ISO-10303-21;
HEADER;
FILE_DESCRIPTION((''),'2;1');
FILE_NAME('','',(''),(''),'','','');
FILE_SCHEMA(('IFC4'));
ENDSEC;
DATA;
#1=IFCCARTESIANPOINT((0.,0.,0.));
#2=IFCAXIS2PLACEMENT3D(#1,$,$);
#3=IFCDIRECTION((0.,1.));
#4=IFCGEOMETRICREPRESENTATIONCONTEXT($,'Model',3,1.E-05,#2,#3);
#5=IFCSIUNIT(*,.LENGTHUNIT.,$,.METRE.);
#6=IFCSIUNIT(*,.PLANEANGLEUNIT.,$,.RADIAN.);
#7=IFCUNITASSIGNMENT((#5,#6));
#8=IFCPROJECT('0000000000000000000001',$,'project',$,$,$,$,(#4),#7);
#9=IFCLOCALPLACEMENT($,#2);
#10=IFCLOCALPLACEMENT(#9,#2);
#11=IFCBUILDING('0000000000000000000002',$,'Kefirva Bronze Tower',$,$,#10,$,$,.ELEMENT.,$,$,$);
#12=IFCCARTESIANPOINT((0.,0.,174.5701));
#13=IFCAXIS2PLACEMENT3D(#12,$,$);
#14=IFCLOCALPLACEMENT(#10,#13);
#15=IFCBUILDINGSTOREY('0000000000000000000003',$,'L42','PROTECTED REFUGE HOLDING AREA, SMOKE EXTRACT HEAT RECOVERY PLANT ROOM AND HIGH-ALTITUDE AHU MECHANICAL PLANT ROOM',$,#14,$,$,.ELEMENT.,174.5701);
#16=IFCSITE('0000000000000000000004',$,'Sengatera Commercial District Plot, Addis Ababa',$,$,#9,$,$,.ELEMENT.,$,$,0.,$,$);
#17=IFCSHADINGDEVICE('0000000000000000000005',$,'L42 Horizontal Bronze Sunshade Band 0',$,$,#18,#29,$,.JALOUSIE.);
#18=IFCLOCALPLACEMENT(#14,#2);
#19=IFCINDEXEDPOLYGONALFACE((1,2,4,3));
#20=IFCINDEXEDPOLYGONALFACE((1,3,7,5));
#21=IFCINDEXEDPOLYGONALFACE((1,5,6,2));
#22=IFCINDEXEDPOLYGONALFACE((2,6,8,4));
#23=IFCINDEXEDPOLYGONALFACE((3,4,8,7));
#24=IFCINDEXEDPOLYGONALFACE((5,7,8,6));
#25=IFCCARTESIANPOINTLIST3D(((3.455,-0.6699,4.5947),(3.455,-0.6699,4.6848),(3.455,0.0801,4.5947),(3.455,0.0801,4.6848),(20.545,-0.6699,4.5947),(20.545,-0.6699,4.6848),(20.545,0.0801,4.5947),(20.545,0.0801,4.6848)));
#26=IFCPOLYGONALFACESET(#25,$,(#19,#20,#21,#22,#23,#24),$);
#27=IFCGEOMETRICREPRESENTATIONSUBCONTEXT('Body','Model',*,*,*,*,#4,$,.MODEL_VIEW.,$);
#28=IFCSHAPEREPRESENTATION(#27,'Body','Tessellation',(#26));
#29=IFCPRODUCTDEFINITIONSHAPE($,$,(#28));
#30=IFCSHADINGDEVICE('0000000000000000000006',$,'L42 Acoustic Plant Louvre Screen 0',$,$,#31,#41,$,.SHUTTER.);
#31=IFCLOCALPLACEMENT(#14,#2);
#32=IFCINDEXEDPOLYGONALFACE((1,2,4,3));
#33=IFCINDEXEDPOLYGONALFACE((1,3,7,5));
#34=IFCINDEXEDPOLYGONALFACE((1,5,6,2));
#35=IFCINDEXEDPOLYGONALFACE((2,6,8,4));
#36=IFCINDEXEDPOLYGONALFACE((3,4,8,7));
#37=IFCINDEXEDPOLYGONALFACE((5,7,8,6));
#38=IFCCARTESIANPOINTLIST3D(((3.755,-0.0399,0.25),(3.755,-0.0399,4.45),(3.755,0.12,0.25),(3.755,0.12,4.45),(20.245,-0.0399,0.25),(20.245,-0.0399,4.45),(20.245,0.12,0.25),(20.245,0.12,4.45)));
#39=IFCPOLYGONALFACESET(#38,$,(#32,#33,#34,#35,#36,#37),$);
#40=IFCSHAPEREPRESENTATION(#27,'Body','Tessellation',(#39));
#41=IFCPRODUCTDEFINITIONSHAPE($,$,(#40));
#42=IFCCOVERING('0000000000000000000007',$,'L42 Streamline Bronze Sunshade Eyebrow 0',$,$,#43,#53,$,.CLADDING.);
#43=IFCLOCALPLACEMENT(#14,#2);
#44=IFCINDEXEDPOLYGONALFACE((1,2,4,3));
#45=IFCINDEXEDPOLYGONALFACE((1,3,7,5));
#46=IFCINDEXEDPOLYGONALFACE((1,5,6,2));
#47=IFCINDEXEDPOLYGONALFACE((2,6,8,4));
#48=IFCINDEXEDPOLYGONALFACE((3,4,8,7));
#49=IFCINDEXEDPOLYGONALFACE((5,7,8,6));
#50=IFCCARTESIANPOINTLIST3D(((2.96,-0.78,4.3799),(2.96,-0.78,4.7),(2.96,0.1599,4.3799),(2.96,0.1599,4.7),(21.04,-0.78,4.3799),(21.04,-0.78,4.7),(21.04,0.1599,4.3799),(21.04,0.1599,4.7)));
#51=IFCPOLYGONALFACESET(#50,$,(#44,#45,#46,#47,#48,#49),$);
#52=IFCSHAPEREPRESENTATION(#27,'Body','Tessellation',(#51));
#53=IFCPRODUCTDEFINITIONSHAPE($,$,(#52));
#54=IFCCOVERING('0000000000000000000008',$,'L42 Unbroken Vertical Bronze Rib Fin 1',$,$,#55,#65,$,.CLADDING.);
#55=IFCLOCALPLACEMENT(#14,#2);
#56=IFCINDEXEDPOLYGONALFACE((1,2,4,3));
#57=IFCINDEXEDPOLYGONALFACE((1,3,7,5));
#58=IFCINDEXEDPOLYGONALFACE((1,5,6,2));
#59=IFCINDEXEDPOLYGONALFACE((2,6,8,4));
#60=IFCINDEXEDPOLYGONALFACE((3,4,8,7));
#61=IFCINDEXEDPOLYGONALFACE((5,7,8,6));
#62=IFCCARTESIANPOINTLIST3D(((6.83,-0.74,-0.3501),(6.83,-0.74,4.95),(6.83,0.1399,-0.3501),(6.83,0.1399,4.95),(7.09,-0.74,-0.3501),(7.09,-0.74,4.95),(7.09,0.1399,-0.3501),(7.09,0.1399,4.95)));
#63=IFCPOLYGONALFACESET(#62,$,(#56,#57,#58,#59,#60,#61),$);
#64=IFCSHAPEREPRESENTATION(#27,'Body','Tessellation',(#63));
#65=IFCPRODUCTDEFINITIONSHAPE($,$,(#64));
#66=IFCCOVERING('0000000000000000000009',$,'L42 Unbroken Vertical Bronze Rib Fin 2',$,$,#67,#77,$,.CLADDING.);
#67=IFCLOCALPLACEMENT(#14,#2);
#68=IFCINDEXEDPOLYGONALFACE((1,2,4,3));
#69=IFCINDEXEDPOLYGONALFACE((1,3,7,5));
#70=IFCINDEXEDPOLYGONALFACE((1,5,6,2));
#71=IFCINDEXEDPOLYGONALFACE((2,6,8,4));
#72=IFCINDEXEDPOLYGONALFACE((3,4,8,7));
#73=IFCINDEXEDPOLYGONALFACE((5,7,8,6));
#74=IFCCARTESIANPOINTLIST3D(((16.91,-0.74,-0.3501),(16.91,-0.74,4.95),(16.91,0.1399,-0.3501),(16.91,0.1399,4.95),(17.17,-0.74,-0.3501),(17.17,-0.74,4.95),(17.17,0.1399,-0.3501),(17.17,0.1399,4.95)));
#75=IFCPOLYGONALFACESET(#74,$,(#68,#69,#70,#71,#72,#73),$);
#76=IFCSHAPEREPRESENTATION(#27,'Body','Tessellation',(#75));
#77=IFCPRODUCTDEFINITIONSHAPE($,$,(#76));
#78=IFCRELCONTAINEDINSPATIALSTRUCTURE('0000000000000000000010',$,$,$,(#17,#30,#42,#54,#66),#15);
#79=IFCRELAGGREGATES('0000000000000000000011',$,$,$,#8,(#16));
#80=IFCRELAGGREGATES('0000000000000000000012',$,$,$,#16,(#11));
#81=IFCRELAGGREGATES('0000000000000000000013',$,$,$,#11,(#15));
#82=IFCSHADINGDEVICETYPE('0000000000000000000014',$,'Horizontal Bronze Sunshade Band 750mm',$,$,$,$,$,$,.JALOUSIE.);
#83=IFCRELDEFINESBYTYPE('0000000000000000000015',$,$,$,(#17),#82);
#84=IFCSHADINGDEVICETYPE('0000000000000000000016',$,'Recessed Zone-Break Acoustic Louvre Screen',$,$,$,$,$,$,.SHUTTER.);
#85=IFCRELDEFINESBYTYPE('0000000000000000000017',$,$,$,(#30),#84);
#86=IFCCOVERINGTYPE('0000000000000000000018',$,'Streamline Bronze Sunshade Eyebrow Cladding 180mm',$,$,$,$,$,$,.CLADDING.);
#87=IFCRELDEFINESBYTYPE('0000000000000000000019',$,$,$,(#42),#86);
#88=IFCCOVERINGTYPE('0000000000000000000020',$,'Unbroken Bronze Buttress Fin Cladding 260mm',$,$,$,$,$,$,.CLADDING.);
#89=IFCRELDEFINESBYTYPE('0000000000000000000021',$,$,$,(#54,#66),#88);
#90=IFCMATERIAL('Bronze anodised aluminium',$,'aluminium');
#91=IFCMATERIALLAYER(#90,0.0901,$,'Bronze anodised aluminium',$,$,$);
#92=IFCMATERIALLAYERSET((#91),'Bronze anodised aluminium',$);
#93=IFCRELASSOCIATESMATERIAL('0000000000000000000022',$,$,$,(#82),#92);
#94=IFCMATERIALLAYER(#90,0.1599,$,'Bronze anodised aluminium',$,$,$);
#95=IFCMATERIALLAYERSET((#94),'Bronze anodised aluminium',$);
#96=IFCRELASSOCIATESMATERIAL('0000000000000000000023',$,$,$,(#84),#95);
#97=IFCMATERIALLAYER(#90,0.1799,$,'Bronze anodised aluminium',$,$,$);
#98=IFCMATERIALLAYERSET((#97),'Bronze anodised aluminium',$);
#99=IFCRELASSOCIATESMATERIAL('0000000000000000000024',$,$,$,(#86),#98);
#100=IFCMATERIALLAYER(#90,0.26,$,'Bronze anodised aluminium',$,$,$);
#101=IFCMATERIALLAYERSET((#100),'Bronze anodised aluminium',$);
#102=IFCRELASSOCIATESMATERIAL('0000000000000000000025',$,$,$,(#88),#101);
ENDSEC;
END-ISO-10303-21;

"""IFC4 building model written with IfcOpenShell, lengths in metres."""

from ifc_helpers import new_model, si_unit, direction, frame, origin, origin_2d, place, context, subcontext, project, spatial, rectangle, extrude, material, layer, layer_set, type_object, element, save


model = new_model("IFC4")

# Units and contexts
model_context = context("Model", 3, precision=1e-05, world=origin(), true_north=direction((0.0, 1.0)))
body_context = subcontext(model_context, "Body", "Model", "MODEL_VIEW")
ifc_project = project(units=[si_unit("LENGTHUNIT", "METRE"), si_unit("PLANEANGLEUNIT", "RADIAN")], contexts=[model_context])

# Site, building, storey
site_placement = place(None, origin())
site = spatial("IfcSite", under=ifc_project, at=site_placement, Name="Sengatera Commercial District Plot, Addis Ababa", CompositionType="ELEMENT", RefElevation=0.0)
building_placement = place(site_placement, origin())
building = spatial("IfcBuilding", under=site, at=building_placement, Name="Kefirva Bronze Tower", CompositionType="ELEMENT")
storey_placement = place(building_placement, frame((0.0, 0.0, 174.5701)))
storey = spatial("IfcBuildingStorey", under=building, at=storey_placement, Name="L42", Description="PROTECTED REFUGE HOLDING AREA, SMOKE EXTRACT HEAT RECOVERY PLANT ROOM AND HIGH-ALTITUDE AHU MECHANICAL PLANT ROOM", CompositionType="ELEMENT", Elevation=174.5701)

# Shared definitions
ifc_material_1 = material(Name="Bronze anodised aluminium", Category="aluminium")

# Shading devices
ifc_layer_1 = layer(ifc_material_1, 0.0901, Name="Bronze anodised aluminium")
ifc_layer_set_1 = layer_set([ifc_layer_1], Name="Bronze anodised aluminium")
shading_device_type_1 = type_object("IfcShadingDeviceType", Name="Horizontal Bronze Sunshade Band 750mm", PredefinedType="JALOUSIE", material=ifc_layer_set_1)
shading_device_1_placement = place(storey_placement, frame((12.0, -0.2949, 4.5947), z_axis=(0.0, 0.0, 1.0), x_axis=(1.0, 0.0, 0.0)))
element("IfcShadingDevice", 1, at=shading_device_1_placement, inside=storey, type_object=shading_device_type_1, Name="L42 Horizontal Bronze Sunshade Band 0", PredefinedType="JALOUSIE", context=body_context, shape_type="SweptSolid", body=[
    extrude(rectangle(XDim=17.0901, YDim=0.75, at=origin_2d()), origin(), (0.0, 0.0, 1.0), 0.0901),
])
ifc_layer_2 = layer(ifc_material_1, 0.1599, Name="Bronze anodised aluminium")
ifc_layer_set_2 = layer_set([ifc_layer_2], Name="Bronze anodised aluminium")
shading_device_type_2 = type_object("IfcShadingDeviceType", Name="Recessed Zone-Break Acoustic Louvre Screen", PredefinedType="SHUTTER", material=ifc_layer_set_2)
shading_device_2_placement = place(storey_placement, frame((12.0, 0.04, 0.25), z_axis=(0.0, 0.0, 1.0), x_axis=(1.0, 0.0, 0.0)))
element("IfcShadingDevice", 2, at=shading_device_2_placement, inside=storey, type_object=shading_device_type_2, Name="L42 Acoustic Plant Louvre Screen 0", PredefinedType="SHUTTER", context=body_context, shape_type="SweptSolid", body=[
    extrude(rectangle(XDim=16.49, YDim=0.1599, at=origin_2d()), origin(), (0.0, 0.0, 1.0), 4.2),
])

# Coverings
ifc_layer_3 = layer(ifc_material_1, 0.1799, Name="Bronze anodised aluminium")
ifc_layer_set_3 = layer_set([ifc_layer_3], Name="Bronze anodised aluminium")
covering_type_1 = type_object("IfcCoveringType", Name="Streamline Bronze Sunshade Eyebrow Cladding 180mm", PredefinedType="CLADDING", material=ifc_layer_set_3)
covering_1_placement = place(storey_placement, frame((12.0, -0.3101, 4.3799), z_axis=(0.0, 0.0, 1.0), x_axis=(1.0, 0.0, 0.0)))
element("IfcCovering", 3, at=covering_1_placement, inside=storey, type_object=covering_type_1, Name="L42 Streamline Bronze Sunshade Eyebrow 0", PredefinedType="CLADDING", context=body_context, shape_type="SweptSolid", body=[
    extrude(rectangle(XDim=18.0801, YDim=0.9399, at=origin_2d()), origin(), (0.0, 0.0, 1.0), 0.3201),
])
ifc_layer_4 = layer(ifc_material_1, 0.26, Name="Bronze anodised aluminium")
ifc_layer_set_4 = layer_set([ifc_layer_4], Name="Bronze anodised aluminium")
covering_type_2 = type_object("IfcCoveringType", Name="Unbroken Bronze Buttress Fin Cladding 260mm", PredefinedType="CLADDING", material=ifc_layer_set_4)
for number, where, z_axis, x_axis, name in (
    (4, (6.96, -0.3, -0.3501), (0.0, 0.0, 1.0), (1.0, 0.0, 0.0), "L42 Unbroken Vertical Bronze Rib Fin 1"),
    (5, (17.04, -0.3, -0.3501), (0.0, 0.0, 1.0), (1.0, 0.0, 0.0), "L42 Unbroken Vertical Bronze Rib Fin 2"),
):
    element("IfcCovering", number, at=place(storey_placement, frame(where, z_axis=z_axis, x_axis=x_axis)), inside=storey, type_object=covering_type_2, Name=name, PredefinedType="CLADDING", context=body_context, shape_type="SweptSolid", body=[
        extrude(rectangle(XDim=0.26, YDim=0.8799, at=origin_2d()), origin(), (0.0, 0.0, 1.0), 5.3),
    ])

save(model, "model.ifc")
